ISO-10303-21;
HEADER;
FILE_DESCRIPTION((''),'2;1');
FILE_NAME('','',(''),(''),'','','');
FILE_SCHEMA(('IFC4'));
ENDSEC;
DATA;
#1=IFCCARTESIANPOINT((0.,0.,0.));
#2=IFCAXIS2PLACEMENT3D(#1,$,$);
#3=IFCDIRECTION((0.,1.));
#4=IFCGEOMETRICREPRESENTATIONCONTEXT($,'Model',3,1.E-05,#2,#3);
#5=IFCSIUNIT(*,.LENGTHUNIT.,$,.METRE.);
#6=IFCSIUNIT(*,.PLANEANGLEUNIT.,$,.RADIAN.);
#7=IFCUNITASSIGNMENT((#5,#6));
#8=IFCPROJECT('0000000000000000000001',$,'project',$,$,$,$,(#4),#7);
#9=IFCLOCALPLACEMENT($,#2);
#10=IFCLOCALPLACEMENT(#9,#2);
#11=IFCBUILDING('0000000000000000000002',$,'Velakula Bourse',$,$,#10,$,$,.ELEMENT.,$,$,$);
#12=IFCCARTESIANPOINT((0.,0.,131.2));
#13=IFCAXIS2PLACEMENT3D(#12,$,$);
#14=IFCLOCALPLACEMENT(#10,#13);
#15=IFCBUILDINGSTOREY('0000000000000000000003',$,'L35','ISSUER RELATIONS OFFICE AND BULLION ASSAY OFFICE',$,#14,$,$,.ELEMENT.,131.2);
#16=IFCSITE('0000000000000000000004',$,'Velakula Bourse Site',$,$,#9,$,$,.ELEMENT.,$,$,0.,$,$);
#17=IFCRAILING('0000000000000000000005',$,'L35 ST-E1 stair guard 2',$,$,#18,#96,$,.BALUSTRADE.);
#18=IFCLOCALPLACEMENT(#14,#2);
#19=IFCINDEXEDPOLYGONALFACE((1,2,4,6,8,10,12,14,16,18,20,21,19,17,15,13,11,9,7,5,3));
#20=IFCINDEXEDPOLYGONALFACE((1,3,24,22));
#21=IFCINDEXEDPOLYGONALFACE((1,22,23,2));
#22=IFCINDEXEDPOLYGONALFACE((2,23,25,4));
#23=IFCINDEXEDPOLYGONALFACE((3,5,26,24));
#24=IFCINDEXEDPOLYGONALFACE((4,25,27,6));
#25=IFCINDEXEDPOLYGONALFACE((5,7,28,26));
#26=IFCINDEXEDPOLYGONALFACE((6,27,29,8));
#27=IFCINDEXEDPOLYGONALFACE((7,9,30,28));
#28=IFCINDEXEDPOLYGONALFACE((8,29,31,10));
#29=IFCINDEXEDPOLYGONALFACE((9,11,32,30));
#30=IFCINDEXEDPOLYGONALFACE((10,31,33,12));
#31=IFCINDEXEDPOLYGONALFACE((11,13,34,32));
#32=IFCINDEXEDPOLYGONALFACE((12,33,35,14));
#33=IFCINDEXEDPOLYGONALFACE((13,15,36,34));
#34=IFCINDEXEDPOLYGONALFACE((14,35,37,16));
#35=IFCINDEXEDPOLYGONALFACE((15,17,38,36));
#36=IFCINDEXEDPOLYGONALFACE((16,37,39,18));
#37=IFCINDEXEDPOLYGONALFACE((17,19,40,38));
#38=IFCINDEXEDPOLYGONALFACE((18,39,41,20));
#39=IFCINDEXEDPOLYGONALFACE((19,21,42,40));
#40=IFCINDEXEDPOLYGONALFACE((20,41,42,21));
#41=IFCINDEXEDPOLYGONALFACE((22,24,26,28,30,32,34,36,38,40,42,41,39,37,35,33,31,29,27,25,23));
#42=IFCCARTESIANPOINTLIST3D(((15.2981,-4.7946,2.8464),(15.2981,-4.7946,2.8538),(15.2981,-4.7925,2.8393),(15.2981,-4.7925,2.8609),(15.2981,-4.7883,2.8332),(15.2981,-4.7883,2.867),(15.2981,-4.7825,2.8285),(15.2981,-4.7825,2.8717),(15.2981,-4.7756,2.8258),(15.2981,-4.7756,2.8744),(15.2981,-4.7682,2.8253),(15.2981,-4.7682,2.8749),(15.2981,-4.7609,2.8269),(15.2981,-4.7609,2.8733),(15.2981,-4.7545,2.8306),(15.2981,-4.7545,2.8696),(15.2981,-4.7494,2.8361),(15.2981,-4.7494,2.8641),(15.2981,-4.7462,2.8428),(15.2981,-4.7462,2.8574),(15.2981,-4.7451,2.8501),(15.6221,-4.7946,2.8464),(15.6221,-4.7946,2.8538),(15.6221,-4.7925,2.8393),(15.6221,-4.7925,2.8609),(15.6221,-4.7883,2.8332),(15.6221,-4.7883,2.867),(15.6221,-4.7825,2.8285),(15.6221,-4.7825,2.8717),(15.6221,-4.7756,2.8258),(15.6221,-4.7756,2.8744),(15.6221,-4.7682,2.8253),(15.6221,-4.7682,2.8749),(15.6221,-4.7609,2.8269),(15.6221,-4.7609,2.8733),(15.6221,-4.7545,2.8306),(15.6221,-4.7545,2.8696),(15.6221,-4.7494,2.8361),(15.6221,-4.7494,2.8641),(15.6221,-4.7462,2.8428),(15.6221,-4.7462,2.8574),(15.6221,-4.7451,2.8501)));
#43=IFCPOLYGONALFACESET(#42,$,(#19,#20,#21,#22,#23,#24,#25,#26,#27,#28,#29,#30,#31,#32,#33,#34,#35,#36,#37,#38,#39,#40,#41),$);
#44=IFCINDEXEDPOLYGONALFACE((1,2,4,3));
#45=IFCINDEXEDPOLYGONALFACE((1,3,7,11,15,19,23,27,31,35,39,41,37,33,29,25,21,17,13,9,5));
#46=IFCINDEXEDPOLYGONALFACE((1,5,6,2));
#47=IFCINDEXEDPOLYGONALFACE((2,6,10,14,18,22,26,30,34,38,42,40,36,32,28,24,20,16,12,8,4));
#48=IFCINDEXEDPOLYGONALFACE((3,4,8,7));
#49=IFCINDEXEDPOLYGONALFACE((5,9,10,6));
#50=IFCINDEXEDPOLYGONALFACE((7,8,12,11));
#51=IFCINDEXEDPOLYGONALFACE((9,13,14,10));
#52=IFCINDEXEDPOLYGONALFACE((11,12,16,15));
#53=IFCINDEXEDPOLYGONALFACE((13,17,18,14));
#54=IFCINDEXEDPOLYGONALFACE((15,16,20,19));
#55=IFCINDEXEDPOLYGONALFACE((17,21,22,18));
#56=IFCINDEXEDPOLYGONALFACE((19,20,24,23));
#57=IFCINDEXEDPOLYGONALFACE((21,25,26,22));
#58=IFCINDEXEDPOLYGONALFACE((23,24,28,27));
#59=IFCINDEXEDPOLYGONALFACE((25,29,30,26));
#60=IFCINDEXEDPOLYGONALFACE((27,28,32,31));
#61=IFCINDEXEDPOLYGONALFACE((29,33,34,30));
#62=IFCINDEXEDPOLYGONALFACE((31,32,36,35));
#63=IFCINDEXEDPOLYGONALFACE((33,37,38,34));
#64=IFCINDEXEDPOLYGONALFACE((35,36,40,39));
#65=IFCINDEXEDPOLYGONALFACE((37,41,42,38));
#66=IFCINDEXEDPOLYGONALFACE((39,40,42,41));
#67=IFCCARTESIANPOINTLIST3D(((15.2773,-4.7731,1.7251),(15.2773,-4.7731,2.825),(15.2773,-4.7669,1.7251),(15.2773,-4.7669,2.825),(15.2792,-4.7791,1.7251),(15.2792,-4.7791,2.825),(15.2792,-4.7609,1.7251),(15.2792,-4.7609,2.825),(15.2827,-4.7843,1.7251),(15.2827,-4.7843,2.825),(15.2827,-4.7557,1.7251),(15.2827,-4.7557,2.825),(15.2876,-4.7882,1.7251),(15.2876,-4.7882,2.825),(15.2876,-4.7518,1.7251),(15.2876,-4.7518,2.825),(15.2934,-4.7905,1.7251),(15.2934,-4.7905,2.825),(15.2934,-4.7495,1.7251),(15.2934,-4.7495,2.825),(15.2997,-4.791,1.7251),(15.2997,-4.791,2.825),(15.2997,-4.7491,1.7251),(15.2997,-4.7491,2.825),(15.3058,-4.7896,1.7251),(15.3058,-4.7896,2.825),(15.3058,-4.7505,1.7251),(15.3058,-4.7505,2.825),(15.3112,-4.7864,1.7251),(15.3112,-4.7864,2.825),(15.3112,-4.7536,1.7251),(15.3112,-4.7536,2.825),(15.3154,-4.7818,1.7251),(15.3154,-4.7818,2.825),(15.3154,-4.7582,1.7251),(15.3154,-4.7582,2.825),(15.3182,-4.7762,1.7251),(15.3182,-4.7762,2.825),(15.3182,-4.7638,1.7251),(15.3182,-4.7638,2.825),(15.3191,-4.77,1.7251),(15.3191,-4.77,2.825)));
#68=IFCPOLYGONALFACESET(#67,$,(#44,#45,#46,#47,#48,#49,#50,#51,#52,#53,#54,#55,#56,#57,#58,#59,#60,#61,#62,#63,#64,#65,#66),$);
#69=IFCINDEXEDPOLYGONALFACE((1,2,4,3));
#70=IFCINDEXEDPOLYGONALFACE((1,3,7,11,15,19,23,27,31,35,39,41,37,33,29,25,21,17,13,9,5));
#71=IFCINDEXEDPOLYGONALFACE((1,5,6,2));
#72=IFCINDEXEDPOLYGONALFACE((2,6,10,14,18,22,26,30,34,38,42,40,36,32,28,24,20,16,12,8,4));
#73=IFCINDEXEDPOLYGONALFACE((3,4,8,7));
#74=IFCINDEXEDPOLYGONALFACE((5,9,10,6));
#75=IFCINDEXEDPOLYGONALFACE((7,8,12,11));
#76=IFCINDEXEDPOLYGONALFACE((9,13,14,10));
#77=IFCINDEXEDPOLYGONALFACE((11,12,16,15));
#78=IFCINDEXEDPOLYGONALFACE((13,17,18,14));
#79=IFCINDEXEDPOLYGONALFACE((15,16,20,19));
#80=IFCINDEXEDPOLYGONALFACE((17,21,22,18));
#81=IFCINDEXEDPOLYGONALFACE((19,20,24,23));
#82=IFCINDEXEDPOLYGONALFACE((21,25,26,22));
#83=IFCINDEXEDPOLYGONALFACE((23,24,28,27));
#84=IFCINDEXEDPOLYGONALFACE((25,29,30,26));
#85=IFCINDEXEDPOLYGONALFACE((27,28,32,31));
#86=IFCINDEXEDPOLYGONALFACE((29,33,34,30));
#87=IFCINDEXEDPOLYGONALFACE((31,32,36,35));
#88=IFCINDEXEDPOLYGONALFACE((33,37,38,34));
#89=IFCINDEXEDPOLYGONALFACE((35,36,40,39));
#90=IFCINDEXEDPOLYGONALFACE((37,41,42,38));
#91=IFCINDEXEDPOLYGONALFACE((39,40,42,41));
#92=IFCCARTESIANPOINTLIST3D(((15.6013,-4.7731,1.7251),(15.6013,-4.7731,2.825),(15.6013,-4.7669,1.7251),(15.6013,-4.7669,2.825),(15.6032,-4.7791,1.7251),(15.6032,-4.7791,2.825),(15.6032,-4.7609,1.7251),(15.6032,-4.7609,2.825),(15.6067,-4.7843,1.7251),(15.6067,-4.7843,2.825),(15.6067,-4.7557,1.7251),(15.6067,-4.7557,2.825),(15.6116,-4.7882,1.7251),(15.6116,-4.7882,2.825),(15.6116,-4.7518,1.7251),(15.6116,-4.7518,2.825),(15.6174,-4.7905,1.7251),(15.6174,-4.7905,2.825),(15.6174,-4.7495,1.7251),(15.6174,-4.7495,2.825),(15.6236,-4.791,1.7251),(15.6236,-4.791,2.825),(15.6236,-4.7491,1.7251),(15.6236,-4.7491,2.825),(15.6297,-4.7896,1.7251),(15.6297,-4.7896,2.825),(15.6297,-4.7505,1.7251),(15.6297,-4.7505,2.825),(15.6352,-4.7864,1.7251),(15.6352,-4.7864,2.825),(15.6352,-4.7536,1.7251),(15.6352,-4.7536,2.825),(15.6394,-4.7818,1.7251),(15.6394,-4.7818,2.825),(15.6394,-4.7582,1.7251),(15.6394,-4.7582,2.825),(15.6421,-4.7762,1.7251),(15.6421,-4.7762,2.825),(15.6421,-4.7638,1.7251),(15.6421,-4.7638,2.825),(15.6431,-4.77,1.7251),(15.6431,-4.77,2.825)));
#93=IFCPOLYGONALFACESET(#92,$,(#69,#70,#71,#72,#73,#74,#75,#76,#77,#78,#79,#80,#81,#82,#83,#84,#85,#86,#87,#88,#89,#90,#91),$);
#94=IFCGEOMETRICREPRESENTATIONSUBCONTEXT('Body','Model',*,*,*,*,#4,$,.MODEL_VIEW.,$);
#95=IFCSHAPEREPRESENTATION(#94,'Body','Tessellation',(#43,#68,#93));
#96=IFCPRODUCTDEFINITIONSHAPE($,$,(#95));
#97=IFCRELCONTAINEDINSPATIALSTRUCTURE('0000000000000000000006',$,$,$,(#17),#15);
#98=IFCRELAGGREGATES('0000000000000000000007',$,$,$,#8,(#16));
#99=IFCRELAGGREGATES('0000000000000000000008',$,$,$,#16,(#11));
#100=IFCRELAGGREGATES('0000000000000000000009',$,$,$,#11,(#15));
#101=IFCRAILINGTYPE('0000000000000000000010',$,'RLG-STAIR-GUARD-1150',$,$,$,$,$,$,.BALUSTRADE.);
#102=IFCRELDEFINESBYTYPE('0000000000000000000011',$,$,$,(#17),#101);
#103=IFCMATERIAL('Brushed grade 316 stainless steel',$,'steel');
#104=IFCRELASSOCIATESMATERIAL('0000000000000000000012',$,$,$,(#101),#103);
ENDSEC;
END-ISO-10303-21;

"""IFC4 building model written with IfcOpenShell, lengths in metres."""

from ifc_helpers import new_model, si_unit, direction, frame, origin, origin_2d, place, context, subcontext, project, spatial, circle, extrude, material, type_object, element, save


model = new_model("IFC4")

# Units and contexts
model_context = context("Model", 3, precision=1e-05, world=origin(), true_north=direction((0.0, 1.0)))
body_context = subcontext(model_context, "Body", "Model", "MODEL_VIEW")
ifc_project = project(units=[si_unit("LENGTHUNIT", "METRE"), si_unit("PLANEANGLEUNIT", "RADIAN")], contexts=[model_context])

# Site, building, storey
site_placement = place(None, origin())
site = spatial("IfcSite", under=ifc_project, at=site_placement, Name="Velakula Bourse Site", CompositionType="ELEMENT", RefElevation=0.0)
building_placement = place(site_placement, origin())
building = spatial("IfcBuilding", under=site, at=building_placement, Name="Velakula Bourse", CompositionType="ELEMENT")
storey_placement = place(building_placement, frame((0.0, 0.0, 131.2)))
storey = spatial("IfcBuildingStorey", under=building, at=storey_placement, Name="L35", Description="ISSUER RELATIONS OFFICE AND BULLION ASSAY OFFICE", CompositionType="ELEMENT", Elevation=131.2)

# Shared definitions
ifc_material_1 = material(Name="Brushed grade 316 stainless steel", Category="steel")

# Railing
railing_type_1 = type_object("IfcRailingType", Name="RLG-STAIR-GUARD-1150", PredefinedType="BALUSTRADE", material=ifc_material_1)
railing_1_placement = place(storey_placement, frame((15.2981, -4.77, 1.7251)))
element("IfcRailing", 1, at=railing_1_placement, inside=storey, type_object=railing_type_1, Name="L35 ST-E1 stair guard 2", PredefinedType="BALUSTRADE", context=body_context, shape_type="SweptSolid", body=[
    extrude(circle(Radius=0.0249, at=origin_2d()), frame((0.0, 0.0, 1.125), z_axis=(1.0, 0.0, 0.0), x_axis=(0.0, 1.0, 0.0)), (0.0, 0.0, 1.0), 0.324),
    extrude(circle(Radius=0.021, at=origin_2d()), origin(), (0.0, 0.0, 1.0), 1.0999),
    extrude(circle(Radius=0.021, at=origin_2d()), frame((0.324, 0.0, 0.0)), (0.0, 0.0, 1.0), 1.0999),
])

save(model, "model.ifc")
